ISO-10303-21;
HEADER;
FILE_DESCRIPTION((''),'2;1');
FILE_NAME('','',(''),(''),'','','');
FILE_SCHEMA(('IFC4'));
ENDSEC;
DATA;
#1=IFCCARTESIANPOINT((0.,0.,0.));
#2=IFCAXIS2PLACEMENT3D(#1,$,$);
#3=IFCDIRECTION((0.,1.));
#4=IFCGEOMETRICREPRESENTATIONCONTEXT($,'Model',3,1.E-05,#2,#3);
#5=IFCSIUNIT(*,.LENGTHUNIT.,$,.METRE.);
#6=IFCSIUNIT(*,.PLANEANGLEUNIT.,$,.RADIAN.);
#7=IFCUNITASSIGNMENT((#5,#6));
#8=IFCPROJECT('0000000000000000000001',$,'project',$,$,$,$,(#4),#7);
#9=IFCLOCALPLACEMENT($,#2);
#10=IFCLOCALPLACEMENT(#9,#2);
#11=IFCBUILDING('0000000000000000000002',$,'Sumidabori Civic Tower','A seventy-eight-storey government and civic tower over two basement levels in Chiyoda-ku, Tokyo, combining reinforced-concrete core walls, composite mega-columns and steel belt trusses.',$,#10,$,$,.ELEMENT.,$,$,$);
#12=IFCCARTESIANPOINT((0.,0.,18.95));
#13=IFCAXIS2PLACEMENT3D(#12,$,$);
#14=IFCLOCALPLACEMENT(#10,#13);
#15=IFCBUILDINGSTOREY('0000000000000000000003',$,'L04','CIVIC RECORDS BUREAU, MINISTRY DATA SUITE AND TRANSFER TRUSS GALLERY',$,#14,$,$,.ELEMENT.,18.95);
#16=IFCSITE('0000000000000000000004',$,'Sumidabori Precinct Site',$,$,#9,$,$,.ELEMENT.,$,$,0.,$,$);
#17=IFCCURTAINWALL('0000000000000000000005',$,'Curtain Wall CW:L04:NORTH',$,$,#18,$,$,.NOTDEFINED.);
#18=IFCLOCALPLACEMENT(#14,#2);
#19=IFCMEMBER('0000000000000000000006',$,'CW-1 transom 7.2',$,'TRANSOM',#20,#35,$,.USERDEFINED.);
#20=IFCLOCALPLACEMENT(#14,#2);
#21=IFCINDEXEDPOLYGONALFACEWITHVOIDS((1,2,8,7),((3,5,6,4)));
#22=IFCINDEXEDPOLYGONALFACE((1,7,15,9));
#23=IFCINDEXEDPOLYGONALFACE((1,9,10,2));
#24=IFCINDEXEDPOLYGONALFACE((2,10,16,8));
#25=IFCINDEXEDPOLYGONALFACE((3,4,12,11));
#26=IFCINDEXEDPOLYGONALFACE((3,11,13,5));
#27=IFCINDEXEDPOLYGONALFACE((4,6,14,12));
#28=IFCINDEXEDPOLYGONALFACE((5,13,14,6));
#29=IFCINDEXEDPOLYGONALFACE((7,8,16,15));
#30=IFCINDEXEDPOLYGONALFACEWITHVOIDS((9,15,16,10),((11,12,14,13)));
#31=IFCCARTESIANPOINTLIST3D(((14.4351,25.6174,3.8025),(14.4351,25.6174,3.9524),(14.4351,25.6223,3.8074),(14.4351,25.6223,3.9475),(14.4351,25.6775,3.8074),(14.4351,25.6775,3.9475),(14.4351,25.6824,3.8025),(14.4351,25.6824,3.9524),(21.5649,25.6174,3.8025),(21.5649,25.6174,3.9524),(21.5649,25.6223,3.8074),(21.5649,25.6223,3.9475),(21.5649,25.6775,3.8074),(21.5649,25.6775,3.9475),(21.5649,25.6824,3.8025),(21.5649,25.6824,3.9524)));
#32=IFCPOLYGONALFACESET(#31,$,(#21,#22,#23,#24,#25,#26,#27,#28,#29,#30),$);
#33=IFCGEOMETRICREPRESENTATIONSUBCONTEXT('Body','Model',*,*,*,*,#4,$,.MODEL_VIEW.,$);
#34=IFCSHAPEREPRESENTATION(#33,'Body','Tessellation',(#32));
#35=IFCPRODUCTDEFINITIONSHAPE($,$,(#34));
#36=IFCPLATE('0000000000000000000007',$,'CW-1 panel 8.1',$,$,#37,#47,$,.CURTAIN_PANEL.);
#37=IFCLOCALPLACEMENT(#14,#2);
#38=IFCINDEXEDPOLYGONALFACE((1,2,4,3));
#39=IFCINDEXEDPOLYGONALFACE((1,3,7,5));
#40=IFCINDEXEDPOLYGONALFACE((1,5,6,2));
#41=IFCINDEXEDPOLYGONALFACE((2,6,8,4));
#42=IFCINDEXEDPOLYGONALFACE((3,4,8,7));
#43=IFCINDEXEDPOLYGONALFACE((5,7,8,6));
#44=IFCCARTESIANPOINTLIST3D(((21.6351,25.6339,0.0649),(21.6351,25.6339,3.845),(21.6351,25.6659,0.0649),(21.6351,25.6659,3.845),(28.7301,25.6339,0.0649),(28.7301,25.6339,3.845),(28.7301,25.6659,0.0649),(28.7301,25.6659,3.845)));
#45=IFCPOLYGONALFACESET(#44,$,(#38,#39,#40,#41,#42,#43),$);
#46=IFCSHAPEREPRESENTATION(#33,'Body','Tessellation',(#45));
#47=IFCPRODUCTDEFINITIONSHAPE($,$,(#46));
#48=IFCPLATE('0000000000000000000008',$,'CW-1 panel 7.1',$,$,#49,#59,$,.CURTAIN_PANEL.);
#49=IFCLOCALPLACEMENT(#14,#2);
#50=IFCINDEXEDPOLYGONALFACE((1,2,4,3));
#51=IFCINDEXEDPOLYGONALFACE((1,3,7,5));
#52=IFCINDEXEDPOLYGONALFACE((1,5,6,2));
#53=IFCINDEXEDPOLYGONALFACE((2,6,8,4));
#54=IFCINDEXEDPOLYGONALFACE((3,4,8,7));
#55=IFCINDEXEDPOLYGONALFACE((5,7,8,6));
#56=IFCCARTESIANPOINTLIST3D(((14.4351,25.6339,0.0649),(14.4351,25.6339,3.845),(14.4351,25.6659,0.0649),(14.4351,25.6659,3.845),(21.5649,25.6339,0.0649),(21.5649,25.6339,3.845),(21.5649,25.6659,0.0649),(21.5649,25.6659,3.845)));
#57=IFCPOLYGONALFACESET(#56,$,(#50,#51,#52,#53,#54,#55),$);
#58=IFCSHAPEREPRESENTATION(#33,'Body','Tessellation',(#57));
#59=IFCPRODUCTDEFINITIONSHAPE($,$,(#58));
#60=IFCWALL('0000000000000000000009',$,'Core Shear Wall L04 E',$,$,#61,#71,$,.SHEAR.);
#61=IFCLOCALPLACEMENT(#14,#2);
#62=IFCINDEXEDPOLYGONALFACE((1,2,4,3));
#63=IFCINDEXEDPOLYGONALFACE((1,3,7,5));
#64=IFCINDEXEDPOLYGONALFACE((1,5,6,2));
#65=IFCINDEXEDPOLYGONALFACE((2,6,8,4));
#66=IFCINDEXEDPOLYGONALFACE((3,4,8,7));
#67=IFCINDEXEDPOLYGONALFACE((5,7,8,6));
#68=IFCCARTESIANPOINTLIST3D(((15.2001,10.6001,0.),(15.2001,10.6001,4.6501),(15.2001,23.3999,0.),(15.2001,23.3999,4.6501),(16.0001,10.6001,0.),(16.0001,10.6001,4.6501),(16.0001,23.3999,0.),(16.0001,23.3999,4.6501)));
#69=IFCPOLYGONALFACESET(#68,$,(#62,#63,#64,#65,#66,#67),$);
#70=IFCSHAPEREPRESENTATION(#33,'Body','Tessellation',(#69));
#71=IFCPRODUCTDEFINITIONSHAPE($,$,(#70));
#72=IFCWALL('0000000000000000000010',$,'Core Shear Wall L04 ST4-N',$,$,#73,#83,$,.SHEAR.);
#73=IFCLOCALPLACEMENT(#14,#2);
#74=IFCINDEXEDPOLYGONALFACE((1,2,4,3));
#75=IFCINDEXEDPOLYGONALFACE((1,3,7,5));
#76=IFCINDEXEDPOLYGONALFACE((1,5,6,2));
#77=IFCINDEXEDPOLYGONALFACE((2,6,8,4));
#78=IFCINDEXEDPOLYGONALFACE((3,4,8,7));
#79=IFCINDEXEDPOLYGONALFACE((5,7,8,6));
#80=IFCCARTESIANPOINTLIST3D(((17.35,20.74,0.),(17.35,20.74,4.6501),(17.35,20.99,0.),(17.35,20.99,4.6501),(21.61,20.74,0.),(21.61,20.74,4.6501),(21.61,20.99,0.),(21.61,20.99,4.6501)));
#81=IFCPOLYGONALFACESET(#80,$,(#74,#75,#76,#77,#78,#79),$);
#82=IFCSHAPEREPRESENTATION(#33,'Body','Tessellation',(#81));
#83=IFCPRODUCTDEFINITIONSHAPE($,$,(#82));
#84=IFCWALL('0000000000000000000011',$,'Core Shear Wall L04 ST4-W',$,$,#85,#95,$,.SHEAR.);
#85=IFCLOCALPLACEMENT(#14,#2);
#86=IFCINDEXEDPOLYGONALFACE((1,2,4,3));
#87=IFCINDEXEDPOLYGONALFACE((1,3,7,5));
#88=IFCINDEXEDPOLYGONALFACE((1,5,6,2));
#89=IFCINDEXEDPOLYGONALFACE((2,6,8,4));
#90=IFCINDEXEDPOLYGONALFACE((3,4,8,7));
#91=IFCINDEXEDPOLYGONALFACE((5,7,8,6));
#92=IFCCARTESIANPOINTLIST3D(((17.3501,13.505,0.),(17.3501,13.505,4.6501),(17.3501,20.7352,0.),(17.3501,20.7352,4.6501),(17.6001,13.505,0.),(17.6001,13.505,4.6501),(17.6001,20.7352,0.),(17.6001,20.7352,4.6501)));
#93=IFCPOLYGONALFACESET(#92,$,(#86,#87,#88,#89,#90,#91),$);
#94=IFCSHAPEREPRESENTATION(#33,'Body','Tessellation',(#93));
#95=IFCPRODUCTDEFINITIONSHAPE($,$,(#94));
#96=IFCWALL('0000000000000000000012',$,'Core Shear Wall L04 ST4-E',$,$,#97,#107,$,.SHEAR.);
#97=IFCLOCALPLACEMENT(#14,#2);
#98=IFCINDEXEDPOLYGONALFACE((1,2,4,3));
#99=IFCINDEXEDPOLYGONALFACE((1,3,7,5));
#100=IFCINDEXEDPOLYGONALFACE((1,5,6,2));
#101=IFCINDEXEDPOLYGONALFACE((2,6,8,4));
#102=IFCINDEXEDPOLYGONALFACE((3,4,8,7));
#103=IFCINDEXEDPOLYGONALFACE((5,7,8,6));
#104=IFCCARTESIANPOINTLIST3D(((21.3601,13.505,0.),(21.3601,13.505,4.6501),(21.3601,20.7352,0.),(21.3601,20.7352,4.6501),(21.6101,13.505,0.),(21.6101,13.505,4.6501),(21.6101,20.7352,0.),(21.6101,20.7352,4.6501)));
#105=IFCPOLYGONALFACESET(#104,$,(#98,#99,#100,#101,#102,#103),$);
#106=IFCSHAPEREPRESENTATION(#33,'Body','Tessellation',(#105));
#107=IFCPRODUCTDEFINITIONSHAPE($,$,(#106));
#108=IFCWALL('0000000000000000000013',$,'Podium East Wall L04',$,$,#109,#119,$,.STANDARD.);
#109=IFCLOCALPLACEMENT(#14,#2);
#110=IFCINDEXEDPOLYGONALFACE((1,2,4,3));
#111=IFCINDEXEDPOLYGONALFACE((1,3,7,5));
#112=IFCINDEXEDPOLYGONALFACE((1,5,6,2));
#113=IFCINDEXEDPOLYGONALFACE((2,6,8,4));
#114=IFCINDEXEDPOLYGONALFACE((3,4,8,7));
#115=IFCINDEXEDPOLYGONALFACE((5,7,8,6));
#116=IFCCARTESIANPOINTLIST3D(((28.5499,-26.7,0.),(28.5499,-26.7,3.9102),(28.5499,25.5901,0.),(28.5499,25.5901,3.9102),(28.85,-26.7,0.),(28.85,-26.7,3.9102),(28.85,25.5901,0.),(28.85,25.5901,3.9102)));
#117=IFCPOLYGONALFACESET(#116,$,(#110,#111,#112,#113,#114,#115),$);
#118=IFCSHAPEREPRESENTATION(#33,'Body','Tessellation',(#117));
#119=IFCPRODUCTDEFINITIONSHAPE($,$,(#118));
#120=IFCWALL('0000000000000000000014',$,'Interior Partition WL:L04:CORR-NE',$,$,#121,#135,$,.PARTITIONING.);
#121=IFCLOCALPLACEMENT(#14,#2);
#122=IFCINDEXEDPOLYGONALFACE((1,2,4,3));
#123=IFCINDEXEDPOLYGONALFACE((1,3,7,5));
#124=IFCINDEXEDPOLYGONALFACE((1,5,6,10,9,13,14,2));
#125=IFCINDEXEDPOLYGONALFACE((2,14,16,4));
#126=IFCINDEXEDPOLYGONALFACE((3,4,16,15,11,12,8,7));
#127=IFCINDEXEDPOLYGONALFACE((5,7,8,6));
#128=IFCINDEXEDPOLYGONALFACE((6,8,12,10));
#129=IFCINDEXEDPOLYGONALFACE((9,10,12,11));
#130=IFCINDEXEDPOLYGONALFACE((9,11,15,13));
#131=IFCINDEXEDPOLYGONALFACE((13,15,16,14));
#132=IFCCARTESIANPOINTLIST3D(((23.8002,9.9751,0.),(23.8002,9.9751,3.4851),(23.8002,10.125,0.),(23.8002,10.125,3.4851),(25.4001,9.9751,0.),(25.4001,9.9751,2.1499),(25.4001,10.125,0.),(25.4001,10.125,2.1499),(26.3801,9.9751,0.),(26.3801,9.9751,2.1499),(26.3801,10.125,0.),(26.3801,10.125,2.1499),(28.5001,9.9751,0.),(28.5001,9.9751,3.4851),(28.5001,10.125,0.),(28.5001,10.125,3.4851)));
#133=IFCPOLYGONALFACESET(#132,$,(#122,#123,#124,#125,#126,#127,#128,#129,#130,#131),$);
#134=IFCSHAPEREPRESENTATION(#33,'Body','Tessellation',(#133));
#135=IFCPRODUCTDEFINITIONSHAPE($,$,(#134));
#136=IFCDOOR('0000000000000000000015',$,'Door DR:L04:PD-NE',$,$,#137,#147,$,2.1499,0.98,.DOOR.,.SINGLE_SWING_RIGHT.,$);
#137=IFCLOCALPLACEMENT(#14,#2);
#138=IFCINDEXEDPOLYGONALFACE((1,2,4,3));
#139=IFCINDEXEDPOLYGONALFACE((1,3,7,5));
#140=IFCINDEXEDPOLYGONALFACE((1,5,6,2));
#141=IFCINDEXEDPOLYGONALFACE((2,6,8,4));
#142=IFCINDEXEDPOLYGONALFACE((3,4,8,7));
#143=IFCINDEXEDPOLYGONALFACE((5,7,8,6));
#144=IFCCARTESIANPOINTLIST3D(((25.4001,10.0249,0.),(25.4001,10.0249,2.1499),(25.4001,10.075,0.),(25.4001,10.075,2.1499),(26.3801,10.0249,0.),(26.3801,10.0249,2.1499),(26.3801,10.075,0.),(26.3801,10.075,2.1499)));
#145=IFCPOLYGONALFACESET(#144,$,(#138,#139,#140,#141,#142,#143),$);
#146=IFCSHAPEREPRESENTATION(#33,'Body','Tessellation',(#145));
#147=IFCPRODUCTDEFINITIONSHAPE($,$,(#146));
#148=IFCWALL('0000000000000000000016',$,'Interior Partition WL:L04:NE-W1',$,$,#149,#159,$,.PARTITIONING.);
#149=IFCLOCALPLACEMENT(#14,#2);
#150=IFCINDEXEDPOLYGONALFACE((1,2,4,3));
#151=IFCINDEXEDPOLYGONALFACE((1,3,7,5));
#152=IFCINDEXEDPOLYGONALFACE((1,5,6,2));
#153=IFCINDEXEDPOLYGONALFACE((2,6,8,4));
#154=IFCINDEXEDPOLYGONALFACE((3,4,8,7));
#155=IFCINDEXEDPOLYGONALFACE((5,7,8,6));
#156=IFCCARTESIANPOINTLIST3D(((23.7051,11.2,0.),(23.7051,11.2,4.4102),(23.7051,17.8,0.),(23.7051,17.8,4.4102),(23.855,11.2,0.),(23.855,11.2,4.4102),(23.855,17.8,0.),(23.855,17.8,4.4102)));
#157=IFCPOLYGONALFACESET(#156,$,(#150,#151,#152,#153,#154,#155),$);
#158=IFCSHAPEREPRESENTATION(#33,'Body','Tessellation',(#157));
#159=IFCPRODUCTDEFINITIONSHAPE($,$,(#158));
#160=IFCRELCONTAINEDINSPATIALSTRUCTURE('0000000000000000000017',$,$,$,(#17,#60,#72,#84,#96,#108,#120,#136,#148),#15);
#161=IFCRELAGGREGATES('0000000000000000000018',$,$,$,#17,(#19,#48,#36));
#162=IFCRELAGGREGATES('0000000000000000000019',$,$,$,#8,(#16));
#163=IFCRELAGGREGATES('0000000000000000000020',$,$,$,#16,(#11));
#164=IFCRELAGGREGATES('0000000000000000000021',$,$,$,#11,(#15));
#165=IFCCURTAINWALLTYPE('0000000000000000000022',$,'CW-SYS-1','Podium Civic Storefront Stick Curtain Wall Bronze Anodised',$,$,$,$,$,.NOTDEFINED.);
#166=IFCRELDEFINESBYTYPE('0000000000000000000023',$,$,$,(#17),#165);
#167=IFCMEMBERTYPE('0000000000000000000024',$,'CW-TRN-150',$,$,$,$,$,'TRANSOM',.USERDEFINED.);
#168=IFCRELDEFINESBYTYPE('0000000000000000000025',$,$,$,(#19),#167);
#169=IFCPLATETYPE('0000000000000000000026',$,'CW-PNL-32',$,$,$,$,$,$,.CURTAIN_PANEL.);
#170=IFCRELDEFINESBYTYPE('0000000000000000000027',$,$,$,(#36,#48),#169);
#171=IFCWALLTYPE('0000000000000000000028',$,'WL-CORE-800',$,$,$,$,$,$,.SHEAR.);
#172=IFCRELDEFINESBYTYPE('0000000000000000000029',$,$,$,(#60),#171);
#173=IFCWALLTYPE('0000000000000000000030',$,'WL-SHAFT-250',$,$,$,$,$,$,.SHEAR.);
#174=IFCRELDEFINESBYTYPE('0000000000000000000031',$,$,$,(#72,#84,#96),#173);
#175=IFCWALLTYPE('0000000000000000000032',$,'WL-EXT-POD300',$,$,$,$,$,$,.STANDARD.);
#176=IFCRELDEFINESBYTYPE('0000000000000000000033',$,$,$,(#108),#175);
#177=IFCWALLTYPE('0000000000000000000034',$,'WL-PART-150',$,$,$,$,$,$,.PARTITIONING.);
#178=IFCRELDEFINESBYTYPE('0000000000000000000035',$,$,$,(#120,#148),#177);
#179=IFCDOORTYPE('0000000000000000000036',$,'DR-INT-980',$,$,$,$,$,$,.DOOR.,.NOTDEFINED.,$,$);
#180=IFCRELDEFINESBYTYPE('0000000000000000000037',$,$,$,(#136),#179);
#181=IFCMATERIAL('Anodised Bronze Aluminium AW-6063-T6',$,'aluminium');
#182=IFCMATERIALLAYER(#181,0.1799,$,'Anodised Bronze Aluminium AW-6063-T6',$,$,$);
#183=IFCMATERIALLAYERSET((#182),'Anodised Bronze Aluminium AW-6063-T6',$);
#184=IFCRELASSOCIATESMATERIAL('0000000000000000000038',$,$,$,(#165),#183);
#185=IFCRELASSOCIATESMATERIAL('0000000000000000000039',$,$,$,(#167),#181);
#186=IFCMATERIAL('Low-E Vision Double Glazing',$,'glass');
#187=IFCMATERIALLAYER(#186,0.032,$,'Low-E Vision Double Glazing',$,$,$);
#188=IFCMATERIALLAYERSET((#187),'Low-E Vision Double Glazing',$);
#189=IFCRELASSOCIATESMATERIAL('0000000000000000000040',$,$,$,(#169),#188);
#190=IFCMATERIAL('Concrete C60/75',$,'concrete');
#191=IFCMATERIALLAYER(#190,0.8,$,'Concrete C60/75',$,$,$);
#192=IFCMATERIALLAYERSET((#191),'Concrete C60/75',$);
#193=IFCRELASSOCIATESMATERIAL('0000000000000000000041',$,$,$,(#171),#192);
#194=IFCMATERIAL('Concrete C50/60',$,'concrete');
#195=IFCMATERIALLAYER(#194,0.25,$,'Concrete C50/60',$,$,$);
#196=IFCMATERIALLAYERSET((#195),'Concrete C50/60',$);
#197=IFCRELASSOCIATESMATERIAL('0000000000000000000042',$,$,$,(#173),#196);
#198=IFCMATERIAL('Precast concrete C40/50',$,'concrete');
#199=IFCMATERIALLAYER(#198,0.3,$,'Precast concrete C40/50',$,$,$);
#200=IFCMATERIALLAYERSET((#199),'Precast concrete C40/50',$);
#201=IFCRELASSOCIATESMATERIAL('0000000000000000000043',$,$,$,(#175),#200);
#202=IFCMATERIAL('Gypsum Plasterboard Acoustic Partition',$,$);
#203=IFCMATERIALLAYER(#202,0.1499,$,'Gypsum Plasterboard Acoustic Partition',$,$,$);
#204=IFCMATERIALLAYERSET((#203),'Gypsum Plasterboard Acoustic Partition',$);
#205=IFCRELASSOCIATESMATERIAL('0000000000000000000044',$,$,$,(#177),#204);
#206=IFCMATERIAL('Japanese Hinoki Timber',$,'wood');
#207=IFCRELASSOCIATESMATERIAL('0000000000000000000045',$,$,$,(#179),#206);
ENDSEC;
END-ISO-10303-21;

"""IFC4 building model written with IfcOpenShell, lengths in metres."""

from ifc_helpers import new_model, si_unit, direction, frame, frame_2d, origin, origin_2d, place, context, subcontext, project, spatial, rectangle, hollow_rectangle, extrude, source, transform, mapped, material, layer, layer_set, material_profile, profile_set, type_object, element, fill, aggregate, save


model = new_model("IFC4")

# Units and contexts
model_context = context("Model", 3, precision=1e-05, world=origin(), true_north=direction((0.0, 1.0)))
body_context = subcontext(model_context, "Body", "Model", "MODEL_VIEW")
ifc_project = project(units=[si_unit("LENGTHUNIT", "METRE"), si_unit("PLANEANGLEUNIT", "RADIAN")], contexts=[model_context])

# Site, building, storey
site_placement = place(None, origin())
site = spatial("IfcSite", under=ifc_project, at=site_placement, Name="Sumidabori Precinct Site", CompositionType="ELEMENT", RefElevation=0.0)
building_placement = place(site_placement, origin())
building = spatial("IfcBuilding", under=site, at=building_placement, Name="Sumidabori Civic Tower", Description="A seventy-eight-storey government and civic tower over two basement levels in Chiyoda-ku, Tokyo, combining reinforced-concrete core walls, composite mega-columns and steel belt trusses.", CompositionType="ELEMENT")
storey_placement = place(building_placement, frame((0.0, 0.0, 18.95)))
storey = spatial("IfcBuildingStorey", under=building, at=storey_placement, Name="L04", Description="CIVIC RECORDS BUREAU, MINISTRY DATA SUITE AND TRANSFER TRUSS GALLERY", CompositionType="ELEMENT", Elevation=18.95)

# Shared definitions
ifc_material_1 = material(Name="Concrete C60/75", Category="concrete")

# Curtain wall, member, plates
ifc_material_2 = material(Name="Anodised Bronze Aluminium AW-6063-T6", Category="aluminium")
ifc_layer_1 = layer(ifc_material_2, 0.1799, Name="Anodised Bronze Aluminium AW-6063-T6")
ifc_layer_set_1 = layer_set([ifc_layer_1], Name="Anodised Bronze Aluminium AW-6063-T6")
curtain_wall_type = type_object("IfcCurtainWallType", Name="CW-SYS-1", Description="Podium Civic Storefront Stick Curtain Wall Bronze Anodised", PredefinedType="NOTDEFINED", material=ifc_layer_set_1)
curtain_wall_placement = place(storey_placement, origin())
curtain_wall = element("IfcCurtainWall", 1, at=curtain_wall_placement, inside=storey, type_object=curtain_wall_type, Name="Curtain Wall CW:L04:NORTH", PredefinedType="NOTDEFINED")
ifc_material_profile_1 = material_profile(ifc_material_2, hollow_rectangle(XDim=0.0649, YDim=0.1499, WallThickness=0.0049, at=origin_2d()), Name="ALU TRANSOM 150x65")
ifc_profile_set_1 = profile_set([ifc_material_profile_1], Name="Anodised Bronze Aluminium AW-6063-T6")
member_type_1 = type_object("IfcMemberType", Name="CW-TRN-150", ElementType="TRANSOM", PredefinedType="USERDEFINED", material=ifc_profile_set_1)
shared_shape_1 = source(origin(), body_context, "Body", "SweptSolid", [
    extrude(hollow_rectangle(XDim=0.0649, YDim=0.1499, WallThickness=0.0049, at=origin_2d()), origin(), (0.0, 0.0, 1.0), 7.1299),
])
member_1_placement = place(storey_placement, frame((14.4351, 25.6499, 3.8774), z_axis=(1.0, 0.0, 0.0), x_axis=(0.0, 1.0, 0.0)))
member_1 = element("IfcMember", 2, at=member_1_placement, type_object=member_type_1, Name="CW-1 transom 7.2", ObjectType="TRANSOM", PredefinedType="USERDEFINED", context=body_context, shape_type="MappedRepresentation", body=[
    mapped(shared_shape_1, transform((0.0, 0.0, 0.0), x_axis=(1.0, 0.0, 0.0), y_axis=(0.0, 1.0, 0.0), z_axis=(0.0, 0.0, 1.0), scale=1.0)),
])
ifc_material_3 = material(Name="Low-E Vision Double Glazing", Category="glass")
ifc_layer_2 = layer(ifc_material_3, 0.032, Name="Low-E Vision Double Glazing")
ifc_layer_set_2 = layer_set([ifc_layer_2], Name="Low-E Vision Double Glazing")
plate_type = type_object("IfcPlateType", Name="CW-PNL-32", PredefinedType="CURTAIN_PANEL", material=ifc_layer_set_2)
shared_shape_2 = source(origin(), body_context, "Body", "SweptSolid", [
    extrude(rectangle(XDim=7.095, YDim=0.032, at=origin_2d()), origin(), (0.0, 0.0, 1.0), 3.78),
])
plate_1_placement = place(storey_placement, frame((25.1826, 25.6499, 0.0649), z_axis=(0.0, 0.0, 1.0), x_axis=(1.0, 0.0, 0.0)))
plate_1 = element("IfcPlate", 3, at=plate_1_placement, type_object=plate_type, Name="CW-1 panel 8.1", PredefinedType="CURTAIN_PANEL", context=body_context, shape_type="MappedRepresentation", body=[
    mapped(shared_shape_2, transform((0.0, 0.0, 0.0), x_axis=(1.0, 0.0, 0.0), y_axis=(0.0, 1.0, 0.0), z_axis=(0.0, 0.0, 1.0), scale=1.0)),
])
shared_shape_3 = source(origin(), body_context, "Body", "SweptSolid", [
    extrude(rectangle(XDim=7.1299, YDim=0.032, at=origin_2d()), origin(), (0.0, 0.0, 1.0), 3.78),
])
plate_2_placement = place(storey_placement, frame((18.0, 25.6499, 0.0649), z_axis=(0.0, 0.0, 1.0), x_axis=(1.0, 0.0, 0.0)))
plate_2 = element("IfcPlate", 4, at=plate_2_placement, type_object=plate_type, Name="CW-1 panel 7.1", PredefinedType="CURTAIN_PANEL", context=body_context, shape_type="MappedRepresentation", body=[
    mapped(shared_shape_3, transform((0.0, 0.0, 0.0), x_axis=(1.0, 0.0, 0.0), y_axis=(0.0, 1.0, 0.0), z_axis=(0.0, 0.0, 1.0), scale=1.0)),
])
aggregate(curtain_wall, [member_1, plate_2, plate_1])

# Walls
ifc_layer_3 = layer(ifc_material_1, 0.8, Name="Concrete C60/75")
ifc_layer_set_3 = layer_set([ifc_layer_3], Name="Concrete C60/75")
wall_type_1 = type_object("IfcWallType", Name="WL-CORE-800", PredefinedType="SHEAR", material=ifc_layer_set_3)
shared_shape_4 = source(origin(), body_context, "Body", "SweptSolid", [
    extrude(rectangle(XDim=12.7998, YDim=0.8, at=frame_2d((6.3999, 0.0))), origin(), (0.0, 0.0, 1.0), 4.6501),
])
wall_1_placement = place(storey_placement, frame((15.6001, 10.6001, 0.0), z_axis=(0.0, 0.0, 1.0), x_axis=(0.0, 1.0, 0.0)))
element("IfcWall", 5, at=wall_1_placement, inside=storey, type_object=wall_type_1, Name="Core Shear Wall L04 E", PredefinedType="SHEAR", context=body_context, shape_type="MappedRepresentation", body=[
    mapped(shared_shape_4, transform((0.0, 0.0, 0.0), x_axis=(1.0, 0.0, 0.0), y_axis=(0.0, 1.0, 0.0), z_axis=(0.0, 0.0, 1.0), scale=1.0)),
])
ifc_material_4 = material(Name="Concrete C50/60", Category="concrete")
ifc_layer_4 = layer(ifc_material_4, 0.25, Name="Concrete C50/60")
ifc_layer_set_4 = layer_set([ifc_layer_4], Name="Concrete C50/60")
wall_type_2 = type_object("IfcWallType", Name="WL-SHAFT-250", PredefinedType="SHEAR", material=ifc_layer_set_4)
shared_shape_5 = source(origin(), body_context, "Body", "SweptSolid", [
    extrude(rectangle(XDim=4.26, YDim=0.25, at=frame_2d((2.1299, 0.0))), origin(), (0.0, 0.0, 1.0), 4.6501),
])
wall_2_placement = place(storey_placement, frame((17.3501, 20.865, 0.0), z_axis=(0.0, 0.0, 1.0), x_axis=(1.0, 0.0, 0.0)))
element("IfcWall", 6, at=wall_2_placement, inside=storey, type_object=wall_type_2, Name="Core Shear Wall L04 ST4-N", PredefinedType="SHEAR", context=body_context, shape_type="MappedRepresentation", body=[
    mapped(shared_shape_5, transform((0.0, 0.0, 0.0), x_axis=(1.0, 0.0, 0.0), y_axis=(0.0, 1.0, 0.0), z_axis=(0.0, 0.0, 1.0), scale=1.0)),
])

# Walls
shared_shape_6 = source(origin(), body_context, "Body", "SweptSolid", [
    extrude(rectangle(XDim=7.2302, YDim=0.25, at=frame_2d((3.6152, 0.0))), origin(), (0.0, 0.0, 1.0), 4.6501),
])
for number, where, z_axis, x_axis, name in (
    (7, (17.4751, 13.5049, 0.0), (0.0, 0.0, 1.0), (0.0, 1.0, 0.0), "Core Shear Wall L04 ST4-W"),
    (8, (21.4851, 13.5049, 0.0), (0.0, 0.0, 1.0), (0.0, 1.0, 0.0), "Core Shear Wall L04 ST4-E"),
):
    element("IfcWall", number, at=place(storey_placement, frame(where, z_axis=z_axis, x_axis=x_axis)), inside=storey, type_object=wall_type_2, Name=name, PredefinedType="SHEAR", context=body_context, shape_type="MappedRepresentation", body=[
        mapped(shared_shape_6, transform((0.0, 0.0, 0.0), x_axis=(1.0, 0.0, 0.0), y_axis=(0.0, 1.0, 0.0), z_axis=(0.0, 0.0, 1.0), scale=1.0)),
    ])
ifc_material_5 = material(Name="Precast concrete C40/50", Category="concrete")
ifc_layer_5 = layer(ifc_material_5, 0.3, Name="Precast concrete C40/50")
ifc_layer_set_5 = layer_set([ifc_layer_5], Name="Precast concrete C40/50")
wall_type_3 = type_object("IfcWallType", Name="WL-EXT-POD300", PredefinedType="STANDARD", material=ifc_layer_set_5)
shared_shape_7 = source(origin(), body_context, "Body", "SweptSolid", [
    extrude(rectangle(XDim=52.29, YDim=0.3, at=frame_2d((26.145, 0.0))), origin(), (0.0, 0.0, 1.0), 3.9102),
])
wall_3_placement = place(storey_placement, frame((28.7, 25.5901, 0.0), z_axis=(0.0, 0.0, 1.0), x_axis=(0.0, -1.0, 0.0)))
element("IfcWall", 9, at=wall_3_placement, inside=storey, type_object=wall_type_3, Name="Podium East Wall L04", PredefinedType="STANDARD", context=body_context, shape_type="MappedRepresentation", body=[
    mapped(shared_shape_7, transform((0.0, 0.0, 0.0), x_axis=(1.0, 0.0, 0.0), y_axis=(0.0, 1.0, 0.0), z_axis=(0.0, 0.0, 1.0), scale=1.0)),
])

# Wall, opening, door
ifc_material_6 = material(Name="Gypsum Plasterboard Acoustic Partition")
ifc_layer_6 = layer(ifc_material_6, 0.1499, Name="Gypsum Plasterboard Acoustic Partition")
ifc_layer_set_6 = layer_set([ifc_layer_6], Name="Gypsum Plasterboard Acoustic Partition")
wall_type_4 = type_object("IfcWallType", Name="WL-PART-150", PredefinedType="PARTITIONING", material=ifc_layer_set_6)
shared_shape_8 = source(origin(), body_context, "Body", "SweptSolid", [
    extrude(rectangle(XDim=4.7, YDim=0.1499, at=frame_2d((2.3501, 0.0))), origin(), (0.0, 0.0, 1.0), 3.4851),
])
wall_4_placement = place(storey_placement, frame((23.8, 10.05, 0.0), z_axis=(0.0, 0.0, 1.0), x_axis=(1.0, 0.0, 0.0)))
wall_4 = element("IfcWall", 10, at=wall_4_placement, inside=storey, type_object=wall_type_4, Name="Interior Partition WL:L04:CORR-NE", PredefinedType="PARTITIONING", context=body_context, shape_type="MappedRepresentation", body=[
    mapped(shared_shape_8, transform((0.0, 0.0, 0.0), x_axis=(1.0, 0.0, 0.0), y_axis=(0.0, 1.0, 0.0), z_axis=(0.0, 0.0, 1.0), scale=1.0)),
])
opening_1_placement = place(wall_4_placement, frame((1.6001, 0.0, 0.0)))
opening_1 = element("IfcOpeningElement", 11, at=opening_1_placement, cuts=wall_4, PredefinedType="OPENING", context=body_context, shape_type="SweptSolid", body=[
    extrude(rectangle(XDim=0.98, YDim=2.1499, at=frame_2d((0.49, 1.075))), frame((0.0, 0.0869, 0.0), z_axis=(0.0, -1.0, 0.0), x_axis=(1.0, 0.0, 0.0)), (0.0, 0.0, 1.0), 0.1738),
])
ifc_material_7 = material(Name="Japanese Hinoki Timber", Category="wood")
door_type_1 = type_object("IfcDoorType", Name="DR-INT-980", OperationType="NOTDEFINED", PredefinedType="DOOR", material=ifc_material_7)
shared_shape_9 = source(origin(), body_context, "Body", "SweptSolid", [
    extrude(rectangle(XDim=0.98, YDim=2.1499, at=frame_2d((0.49, 1.075))), frame((0.0, 0.0249, 0.0), z_axis=(0.0, -1.0, 0.0), x_axis=(1.0, 0.0, 0.0)), (0.0, 0.0, 1.0), 0.05),
])
door_1_placement = place(opening_1_placement, origin())
door_1 = element("IfcDoor", 12, at=door_1_placement, inside=storey, type_object=door_type_1, Name="Door DR:L04:PD-NE", OperationType="SINGLE_SWING_RIGHT", OverallHeight=2.1499, OverallWidth=0.98, PredefinedType="DOOR", context=body_context, shape_type="MappedRepresentation", body=[
    mapped(shared_shape_9, transform((0.0, 0.0, 0.0), x_axis=(1.0, 0.0, 0.0), y_axis=(0.0, 1.0, 0.0), z_axis=(0.0, 0.0, 1.0), scale=1.0)),
])
fill(opening_1, door_1)

# Wall
shared_shape_10 = source(origin(), body_context, "Body", "SweptSolid", [
    extrude(rectangle(XDim=6.6001, YDim=0.1499, at=frame_2d((3.3, 0.0))), origin(), (0.0, 0.0, 1.0), 4.4102),
])
wall_5_placement = place(storey_placement, frame((23.78, 11.2, 0.0), z_axis=(0.0, 0.0, 1.0), x_axis=(0.0, 1.0, 0.0)))
element("IfcWall", 13, at=wall_5_placement, inside=storey, type_object=wall_type_4, Name="Interior Partition WL:L04:NE-W1", PredefinedType="PARTITIONING", context=body_context, shape_type="MappedRepresentation", body=[
    mapped(shared_shape_10, transform((0.0, 0.0, 0.0), x_axis=(1.0, 0.0, 0.0), y_axis=(0.0, 1.0, 0.0), z_axis=(0.0, 0.0, 1.0), scale=1.0)),
])

save(model, "model.ifc")
